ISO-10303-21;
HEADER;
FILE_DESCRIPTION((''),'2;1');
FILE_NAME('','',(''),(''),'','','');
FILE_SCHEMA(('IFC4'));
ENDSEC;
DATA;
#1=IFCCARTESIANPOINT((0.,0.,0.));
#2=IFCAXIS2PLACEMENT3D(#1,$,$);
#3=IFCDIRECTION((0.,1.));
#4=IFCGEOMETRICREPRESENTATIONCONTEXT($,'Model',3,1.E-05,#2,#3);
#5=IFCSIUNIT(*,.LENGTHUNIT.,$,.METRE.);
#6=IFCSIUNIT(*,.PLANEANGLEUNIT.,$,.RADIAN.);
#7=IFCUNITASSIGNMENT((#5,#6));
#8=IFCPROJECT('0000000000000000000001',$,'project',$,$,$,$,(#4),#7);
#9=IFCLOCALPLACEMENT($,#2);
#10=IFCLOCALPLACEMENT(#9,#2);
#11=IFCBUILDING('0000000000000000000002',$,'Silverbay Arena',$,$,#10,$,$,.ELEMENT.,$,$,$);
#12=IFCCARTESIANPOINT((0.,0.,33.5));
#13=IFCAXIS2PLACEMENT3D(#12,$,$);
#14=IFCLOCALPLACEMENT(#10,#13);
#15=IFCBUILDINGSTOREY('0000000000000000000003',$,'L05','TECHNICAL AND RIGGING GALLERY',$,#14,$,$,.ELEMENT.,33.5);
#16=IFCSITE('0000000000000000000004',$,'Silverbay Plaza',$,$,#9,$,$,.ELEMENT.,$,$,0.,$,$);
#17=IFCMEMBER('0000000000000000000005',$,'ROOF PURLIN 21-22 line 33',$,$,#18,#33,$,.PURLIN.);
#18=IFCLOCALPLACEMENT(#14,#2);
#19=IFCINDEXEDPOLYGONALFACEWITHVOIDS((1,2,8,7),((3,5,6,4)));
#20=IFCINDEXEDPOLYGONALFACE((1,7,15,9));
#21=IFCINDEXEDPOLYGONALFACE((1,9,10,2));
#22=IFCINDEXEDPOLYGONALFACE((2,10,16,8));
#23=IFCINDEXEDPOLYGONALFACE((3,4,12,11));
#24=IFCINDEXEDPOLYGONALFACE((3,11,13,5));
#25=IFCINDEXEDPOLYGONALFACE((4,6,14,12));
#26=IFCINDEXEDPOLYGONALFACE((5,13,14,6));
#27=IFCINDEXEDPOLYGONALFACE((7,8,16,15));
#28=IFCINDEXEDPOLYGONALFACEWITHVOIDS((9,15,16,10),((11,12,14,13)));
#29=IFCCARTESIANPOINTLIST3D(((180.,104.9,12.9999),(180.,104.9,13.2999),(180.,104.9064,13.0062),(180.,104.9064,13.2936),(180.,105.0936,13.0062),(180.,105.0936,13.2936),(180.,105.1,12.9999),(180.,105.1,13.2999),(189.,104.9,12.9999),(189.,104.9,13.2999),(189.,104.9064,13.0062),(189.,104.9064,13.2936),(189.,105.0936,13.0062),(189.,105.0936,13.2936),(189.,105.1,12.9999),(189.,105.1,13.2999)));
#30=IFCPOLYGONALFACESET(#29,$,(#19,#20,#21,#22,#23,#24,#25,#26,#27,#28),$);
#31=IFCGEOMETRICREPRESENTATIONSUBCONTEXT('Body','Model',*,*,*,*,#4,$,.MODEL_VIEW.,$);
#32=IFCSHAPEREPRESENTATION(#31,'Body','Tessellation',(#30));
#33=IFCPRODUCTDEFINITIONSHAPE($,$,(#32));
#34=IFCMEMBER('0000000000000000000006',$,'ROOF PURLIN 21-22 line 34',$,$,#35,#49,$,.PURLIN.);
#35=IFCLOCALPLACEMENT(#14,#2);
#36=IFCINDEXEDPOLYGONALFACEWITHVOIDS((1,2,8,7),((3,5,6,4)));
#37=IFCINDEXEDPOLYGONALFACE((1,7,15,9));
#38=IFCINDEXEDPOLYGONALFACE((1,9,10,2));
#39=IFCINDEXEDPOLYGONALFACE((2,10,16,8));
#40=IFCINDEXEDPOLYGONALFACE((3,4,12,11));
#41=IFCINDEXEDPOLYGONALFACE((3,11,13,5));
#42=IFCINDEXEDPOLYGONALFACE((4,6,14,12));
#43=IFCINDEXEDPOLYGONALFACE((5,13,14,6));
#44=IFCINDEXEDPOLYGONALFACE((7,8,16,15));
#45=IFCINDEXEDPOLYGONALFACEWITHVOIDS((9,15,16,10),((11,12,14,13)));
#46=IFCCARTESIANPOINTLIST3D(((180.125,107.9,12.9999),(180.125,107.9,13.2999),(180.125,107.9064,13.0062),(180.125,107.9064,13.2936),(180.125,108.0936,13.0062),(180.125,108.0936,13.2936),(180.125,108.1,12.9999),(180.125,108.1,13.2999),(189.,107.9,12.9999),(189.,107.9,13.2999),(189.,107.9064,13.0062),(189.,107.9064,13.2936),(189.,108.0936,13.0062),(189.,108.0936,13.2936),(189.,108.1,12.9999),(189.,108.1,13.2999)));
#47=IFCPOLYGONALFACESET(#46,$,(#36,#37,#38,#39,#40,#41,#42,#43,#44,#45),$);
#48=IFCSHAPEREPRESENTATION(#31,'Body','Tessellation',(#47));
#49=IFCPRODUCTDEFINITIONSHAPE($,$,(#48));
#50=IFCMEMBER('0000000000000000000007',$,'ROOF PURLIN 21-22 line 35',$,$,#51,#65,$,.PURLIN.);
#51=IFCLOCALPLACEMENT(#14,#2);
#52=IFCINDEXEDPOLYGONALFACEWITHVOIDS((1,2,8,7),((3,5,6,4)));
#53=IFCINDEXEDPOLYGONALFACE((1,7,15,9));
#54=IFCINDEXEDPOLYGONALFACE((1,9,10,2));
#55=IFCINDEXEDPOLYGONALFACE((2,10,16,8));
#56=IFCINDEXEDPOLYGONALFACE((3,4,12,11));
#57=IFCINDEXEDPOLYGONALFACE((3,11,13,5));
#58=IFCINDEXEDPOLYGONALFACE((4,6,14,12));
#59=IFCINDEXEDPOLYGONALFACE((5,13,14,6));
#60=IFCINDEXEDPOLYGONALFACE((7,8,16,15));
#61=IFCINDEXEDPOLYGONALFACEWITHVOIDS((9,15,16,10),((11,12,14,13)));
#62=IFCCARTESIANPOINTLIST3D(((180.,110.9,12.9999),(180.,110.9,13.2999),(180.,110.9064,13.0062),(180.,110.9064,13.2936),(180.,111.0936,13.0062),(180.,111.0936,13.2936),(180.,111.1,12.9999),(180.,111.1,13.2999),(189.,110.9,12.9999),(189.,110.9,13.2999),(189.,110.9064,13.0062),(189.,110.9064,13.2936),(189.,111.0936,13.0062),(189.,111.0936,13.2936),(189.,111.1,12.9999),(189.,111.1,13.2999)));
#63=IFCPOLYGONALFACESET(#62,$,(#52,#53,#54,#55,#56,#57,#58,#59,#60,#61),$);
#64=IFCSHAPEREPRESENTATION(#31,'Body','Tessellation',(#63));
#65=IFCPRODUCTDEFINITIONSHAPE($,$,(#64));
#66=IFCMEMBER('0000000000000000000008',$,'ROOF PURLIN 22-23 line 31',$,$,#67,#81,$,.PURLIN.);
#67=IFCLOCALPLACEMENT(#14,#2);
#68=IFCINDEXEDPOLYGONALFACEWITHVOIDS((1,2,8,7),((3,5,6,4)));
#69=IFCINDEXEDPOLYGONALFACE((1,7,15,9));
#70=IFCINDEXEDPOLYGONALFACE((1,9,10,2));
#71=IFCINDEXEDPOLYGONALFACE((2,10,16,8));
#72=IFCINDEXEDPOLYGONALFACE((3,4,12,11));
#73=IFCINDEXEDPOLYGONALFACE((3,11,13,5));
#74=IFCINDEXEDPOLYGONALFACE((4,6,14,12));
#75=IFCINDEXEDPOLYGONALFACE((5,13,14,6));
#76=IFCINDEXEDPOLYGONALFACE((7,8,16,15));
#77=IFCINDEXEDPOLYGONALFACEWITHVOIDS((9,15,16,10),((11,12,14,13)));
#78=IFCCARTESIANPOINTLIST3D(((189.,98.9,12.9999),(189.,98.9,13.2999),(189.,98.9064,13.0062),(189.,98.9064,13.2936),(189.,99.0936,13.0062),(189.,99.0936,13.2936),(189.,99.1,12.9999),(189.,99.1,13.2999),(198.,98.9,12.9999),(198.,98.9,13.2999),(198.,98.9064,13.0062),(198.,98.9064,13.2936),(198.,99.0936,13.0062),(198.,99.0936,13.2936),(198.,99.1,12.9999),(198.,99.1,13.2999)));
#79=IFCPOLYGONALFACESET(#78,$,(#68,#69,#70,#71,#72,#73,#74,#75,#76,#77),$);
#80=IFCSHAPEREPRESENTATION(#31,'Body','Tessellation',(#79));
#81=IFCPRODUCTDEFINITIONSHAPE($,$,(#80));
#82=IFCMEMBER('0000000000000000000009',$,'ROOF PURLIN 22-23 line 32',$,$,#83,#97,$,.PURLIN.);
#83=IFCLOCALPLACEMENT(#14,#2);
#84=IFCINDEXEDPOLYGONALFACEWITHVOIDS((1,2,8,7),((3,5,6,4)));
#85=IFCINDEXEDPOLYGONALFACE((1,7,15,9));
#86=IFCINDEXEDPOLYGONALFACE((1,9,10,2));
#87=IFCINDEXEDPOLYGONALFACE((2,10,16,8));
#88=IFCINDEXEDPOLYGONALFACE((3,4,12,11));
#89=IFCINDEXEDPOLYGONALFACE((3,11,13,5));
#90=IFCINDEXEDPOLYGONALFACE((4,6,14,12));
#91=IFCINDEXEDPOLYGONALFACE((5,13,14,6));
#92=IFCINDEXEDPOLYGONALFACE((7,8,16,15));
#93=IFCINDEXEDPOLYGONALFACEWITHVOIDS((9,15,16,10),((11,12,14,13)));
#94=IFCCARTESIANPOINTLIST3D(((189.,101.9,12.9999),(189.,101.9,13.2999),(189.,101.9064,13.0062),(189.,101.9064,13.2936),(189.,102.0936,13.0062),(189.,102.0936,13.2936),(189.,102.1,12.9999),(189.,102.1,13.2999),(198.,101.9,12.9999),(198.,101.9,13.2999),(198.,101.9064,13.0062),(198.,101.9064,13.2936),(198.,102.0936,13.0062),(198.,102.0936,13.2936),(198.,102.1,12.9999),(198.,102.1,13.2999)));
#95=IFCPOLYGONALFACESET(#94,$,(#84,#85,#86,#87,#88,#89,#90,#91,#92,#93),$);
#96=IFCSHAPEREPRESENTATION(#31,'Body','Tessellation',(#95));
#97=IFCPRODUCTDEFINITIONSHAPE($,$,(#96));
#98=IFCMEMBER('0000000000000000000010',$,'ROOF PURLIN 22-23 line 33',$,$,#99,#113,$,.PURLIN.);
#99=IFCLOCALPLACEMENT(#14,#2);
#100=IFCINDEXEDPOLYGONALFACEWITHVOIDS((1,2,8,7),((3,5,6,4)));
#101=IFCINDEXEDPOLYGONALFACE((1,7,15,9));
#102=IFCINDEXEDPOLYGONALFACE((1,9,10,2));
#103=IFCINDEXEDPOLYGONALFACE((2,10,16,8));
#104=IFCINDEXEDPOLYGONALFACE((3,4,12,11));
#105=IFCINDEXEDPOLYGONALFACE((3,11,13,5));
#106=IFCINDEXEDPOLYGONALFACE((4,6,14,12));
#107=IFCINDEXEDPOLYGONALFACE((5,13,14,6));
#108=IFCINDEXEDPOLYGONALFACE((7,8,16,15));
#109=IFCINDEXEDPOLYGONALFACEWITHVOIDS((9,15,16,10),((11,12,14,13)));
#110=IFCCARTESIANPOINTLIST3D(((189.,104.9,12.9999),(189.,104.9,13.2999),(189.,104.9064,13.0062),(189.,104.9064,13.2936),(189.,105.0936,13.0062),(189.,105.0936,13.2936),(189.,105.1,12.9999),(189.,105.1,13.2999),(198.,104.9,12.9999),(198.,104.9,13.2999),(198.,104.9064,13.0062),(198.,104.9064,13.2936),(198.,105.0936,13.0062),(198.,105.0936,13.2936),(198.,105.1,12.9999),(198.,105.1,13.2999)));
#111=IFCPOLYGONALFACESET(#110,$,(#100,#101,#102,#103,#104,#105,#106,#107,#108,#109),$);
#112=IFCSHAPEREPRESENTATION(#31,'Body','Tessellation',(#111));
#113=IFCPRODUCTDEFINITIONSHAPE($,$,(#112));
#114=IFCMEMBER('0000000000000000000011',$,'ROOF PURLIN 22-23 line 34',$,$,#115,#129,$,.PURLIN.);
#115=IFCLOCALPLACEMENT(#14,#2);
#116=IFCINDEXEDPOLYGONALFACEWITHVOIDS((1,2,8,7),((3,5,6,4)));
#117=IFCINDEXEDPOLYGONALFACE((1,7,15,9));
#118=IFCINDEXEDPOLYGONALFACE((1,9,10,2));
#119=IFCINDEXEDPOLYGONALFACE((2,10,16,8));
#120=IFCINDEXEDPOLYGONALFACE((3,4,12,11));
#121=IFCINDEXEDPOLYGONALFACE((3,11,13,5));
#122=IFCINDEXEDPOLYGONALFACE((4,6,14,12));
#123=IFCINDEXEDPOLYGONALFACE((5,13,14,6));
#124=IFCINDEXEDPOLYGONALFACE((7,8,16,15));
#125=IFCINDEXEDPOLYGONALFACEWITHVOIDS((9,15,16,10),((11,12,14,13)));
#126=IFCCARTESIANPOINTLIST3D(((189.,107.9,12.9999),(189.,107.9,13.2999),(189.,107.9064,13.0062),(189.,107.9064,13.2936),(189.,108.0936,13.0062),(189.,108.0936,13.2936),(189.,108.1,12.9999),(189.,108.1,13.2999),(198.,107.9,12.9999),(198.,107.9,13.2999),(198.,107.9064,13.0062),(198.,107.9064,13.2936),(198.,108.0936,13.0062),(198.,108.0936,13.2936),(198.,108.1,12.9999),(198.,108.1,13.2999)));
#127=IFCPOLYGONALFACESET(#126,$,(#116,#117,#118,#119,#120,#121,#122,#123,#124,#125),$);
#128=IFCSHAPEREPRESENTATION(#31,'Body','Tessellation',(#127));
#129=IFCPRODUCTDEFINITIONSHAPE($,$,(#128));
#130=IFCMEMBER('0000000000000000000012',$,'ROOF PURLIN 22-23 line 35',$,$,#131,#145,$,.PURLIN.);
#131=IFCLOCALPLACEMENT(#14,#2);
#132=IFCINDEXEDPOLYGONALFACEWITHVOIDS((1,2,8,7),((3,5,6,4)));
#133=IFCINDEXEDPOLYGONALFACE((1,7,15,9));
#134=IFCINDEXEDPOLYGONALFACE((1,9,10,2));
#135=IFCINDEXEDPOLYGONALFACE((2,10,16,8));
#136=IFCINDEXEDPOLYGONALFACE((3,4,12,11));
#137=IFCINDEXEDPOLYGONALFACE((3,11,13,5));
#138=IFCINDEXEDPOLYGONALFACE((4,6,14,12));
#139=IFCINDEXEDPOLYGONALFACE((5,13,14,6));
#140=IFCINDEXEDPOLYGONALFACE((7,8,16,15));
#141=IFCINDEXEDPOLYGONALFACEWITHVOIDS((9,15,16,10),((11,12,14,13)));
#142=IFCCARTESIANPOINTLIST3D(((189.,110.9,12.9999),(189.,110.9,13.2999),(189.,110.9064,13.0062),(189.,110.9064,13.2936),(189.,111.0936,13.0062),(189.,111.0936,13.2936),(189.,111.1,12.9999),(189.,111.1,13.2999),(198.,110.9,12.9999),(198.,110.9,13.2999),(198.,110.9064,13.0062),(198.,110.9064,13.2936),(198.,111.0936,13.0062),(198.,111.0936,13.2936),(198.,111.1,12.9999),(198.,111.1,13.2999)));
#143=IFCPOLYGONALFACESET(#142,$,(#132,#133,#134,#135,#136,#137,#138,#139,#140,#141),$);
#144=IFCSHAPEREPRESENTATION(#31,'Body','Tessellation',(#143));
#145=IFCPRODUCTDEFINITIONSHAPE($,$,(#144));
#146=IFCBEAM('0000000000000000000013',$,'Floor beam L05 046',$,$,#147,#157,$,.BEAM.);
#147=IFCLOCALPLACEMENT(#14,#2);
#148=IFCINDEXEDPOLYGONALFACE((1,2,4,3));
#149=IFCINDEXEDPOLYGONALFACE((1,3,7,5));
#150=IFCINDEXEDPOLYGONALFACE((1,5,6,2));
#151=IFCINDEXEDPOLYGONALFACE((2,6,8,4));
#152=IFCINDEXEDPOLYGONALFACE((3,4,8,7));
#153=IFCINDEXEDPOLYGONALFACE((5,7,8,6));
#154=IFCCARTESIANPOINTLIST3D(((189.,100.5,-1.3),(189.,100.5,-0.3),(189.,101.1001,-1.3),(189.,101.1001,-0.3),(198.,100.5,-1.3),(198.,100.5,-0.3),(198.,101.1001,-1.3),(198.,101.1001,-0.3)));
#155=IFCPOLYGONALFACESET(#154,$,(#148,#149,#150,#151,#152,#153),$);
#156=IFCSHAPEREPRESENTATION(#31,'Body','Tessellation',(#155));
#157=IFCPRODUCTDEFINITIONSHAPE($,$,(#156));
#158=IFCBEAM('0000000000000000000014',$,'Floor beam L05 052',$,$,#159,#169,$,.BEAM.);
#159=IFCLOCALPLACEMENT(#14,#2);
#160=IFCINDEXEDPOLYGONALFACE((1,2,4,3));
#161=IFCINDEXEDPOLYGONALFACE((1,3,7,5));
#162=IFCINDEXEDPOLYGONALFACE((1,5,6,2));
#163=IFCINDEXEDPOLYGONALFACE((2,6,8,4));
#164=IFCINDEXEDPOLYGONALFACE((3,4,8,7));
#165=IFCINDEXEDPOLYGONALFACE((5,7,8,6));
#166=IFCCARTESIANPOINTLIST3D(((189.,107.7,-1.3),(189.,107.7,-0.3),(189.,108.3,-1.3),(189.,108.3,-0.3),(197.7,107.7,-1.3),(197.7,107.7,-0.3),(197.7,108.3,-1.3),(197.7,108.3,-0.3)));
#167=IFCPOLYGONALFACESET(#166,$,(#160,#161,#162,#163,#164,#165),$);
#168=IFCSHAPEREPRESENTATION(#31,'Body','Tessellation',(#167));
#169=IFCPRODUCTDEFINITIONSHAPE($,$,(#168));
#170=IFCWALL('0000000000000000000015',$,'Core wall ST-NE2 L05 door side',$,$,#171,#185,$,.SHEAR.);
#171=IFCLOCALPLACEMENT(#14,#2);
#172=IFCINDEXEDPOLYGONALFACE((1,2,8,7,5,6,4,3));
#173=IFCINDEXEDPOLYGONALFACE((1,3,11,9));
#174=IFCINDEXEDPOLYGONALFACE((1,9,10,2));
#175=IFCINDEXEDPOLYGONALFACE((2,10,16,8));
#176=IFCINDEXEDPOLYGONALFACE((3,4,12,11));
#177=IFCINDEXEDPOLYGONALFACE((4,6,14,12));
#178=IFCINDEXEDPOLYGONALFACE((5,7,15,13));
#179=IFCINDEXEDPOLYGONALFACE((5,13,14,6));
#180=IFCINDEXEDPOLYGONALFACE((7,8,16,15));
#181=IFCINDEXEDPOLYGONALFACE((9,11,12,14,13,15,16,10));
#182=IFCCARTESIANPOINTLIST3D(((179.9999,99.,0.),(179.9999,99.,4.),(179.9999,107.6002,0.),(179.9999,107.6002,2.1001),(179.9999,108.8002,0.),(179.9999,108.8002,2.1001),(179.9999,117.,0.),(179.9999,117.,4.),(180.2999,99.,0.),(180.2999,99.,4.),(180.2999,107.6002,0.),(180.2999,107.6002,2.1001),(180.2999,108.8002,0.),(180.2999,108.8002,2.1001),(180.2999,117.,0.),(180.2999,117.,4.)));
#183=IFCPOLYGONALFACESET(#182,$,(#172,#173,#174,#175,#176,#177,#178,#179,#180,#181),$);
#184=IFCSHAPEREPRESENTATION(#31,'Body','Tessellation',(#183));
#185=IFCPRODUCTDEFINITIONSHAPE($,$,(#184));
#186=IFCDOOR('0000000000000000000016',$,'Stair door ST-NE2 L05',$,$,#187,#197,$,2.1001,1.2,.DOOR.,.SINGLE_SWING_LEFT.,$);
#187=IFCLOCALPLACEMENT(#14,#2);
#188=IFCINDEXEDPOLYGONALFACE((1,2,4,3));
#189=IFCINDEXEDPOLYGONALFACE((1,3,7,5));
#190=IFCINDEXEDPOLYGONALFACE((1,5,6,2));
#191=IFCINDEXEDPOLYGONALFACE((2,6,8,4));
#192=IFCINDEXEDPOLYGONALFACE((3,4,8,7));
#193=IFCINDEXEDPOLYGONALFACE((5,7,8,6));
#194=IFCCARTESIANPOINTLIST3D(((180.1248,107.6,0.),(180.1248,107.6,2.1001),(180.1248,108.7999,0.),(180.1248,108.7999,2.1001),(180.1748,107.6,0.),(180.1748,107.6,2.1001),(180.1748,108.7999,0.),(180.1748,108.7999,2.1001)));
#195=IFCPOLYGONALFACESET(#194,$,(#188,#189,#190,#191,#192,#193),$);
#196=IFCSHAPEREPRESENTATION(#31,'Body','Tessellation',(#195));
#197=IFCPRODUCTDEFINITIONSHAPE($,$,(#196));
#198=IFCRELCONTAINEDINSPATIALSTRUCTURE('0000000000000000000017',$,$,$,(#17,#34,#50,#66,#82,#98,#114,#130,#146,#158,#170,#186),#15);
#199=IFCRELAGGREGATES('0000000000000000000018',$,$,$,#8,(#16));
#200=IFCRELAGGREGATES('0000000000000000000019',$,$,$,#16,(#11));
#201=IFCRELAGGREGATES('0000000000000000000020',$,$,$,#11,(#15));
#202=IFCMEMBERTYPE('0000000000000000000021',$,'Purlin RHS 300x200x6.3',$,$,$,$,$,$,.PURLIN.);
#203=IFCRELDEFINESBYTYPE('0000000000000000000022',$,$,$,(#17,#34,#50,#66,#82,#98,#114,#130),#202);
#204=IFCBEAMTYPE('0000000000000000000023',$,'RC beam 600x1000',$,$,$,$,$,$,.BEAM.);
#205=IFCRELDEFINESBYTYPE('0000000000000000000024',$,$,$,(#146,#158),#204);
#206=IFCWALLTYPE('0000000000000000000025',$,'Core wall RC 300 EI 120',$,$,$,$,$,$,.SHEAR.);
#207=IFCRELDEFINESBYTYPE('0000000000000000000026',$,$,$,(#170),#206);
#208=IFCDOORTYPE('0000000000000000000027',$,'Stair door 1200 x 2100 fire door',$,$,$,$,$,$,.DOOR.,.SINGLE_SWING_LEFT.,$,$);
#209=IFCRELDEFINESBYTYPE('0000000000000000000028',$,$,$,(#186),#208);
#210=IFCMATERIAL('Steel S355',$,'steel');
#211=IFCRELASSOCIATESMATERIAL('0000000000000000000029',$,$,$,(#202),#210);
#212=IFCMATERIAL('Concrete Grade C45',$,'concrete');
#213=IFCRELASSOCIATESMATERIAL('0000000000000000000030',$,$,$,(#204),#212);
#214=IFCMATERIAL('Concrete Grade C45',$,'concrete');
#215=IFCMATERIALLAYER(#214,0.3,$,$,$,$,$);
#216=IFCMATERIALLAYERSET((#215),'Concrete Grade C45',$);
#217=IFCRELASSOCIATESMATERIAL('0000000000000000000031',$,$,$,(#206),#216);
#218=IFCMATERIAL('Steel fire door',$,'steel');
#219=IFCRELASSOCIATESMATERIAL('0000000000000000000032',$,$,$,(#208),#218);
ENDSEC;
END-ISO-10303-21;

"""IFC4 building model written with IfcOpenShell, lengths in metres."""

from ifc_helpers import new_model, si_unit, direction, frame, frame_2d, origin, origin_2d, place, context, subcontext, project, spatial, rectangle, hollow_rectangle, extrude, material, layer, layer_set, material_profile, profile_set, type_object, element, fill, save


model = new_model("IFC4")

# Units and contexts
model_context = context("Model", 3, precision=1e-05, world=origin(), true_north=direction((0.0, 1.0)))
body_context = subcontext(model_context, "Body", "Model", "MODEL_VIEW")
ifc_project = project(units=[si_unit("LENGTHUNIT", "METRE"), si_unit("PLANEANGLEUNIT", "RADIAN")], contexts=[model_context])

# Site, building, storey
site_placement = place(None, origin())
site = spatial("IfcSite", under=ifc_project, at=site_placement, Name="Silverbay Plaza", CompositionType="ELEMENT", RefElevation=0.0)
building_placement = place(site_placement, origin())
building = spatial("IfcBuilding", under=site, at=building_placement, Name="Silverbay Arena", CompositionType="ELEMENT")
storey_placement = place(building_placement, frame((0.0, 0.0, 33.5)))
storey = spatial("IfcBuildingStorey", under=building, at=storey_placement, Name="L05", Description="TECHNICAL AND RIGGING GALLERY", CompositionType="ELEMENT", Elevation=33.5)

# Members
ifc_material_1 = material(Name="Steel S355", Category="steel")
ifc_material_profile_1 = material_profile(ifc_material_1, hollow_rectangle(XDim=0.2, YDim=0.3, WallThickness=0.0063, at=origin_2d()), Name="RHS 300x200x6.3")
ifc_profile_set_1 = profile_set([ifc_material_profile_1], Name="Steel S355")
member_type_1 = type_object("IfcMemberType", Name="Purlin RHS 300x200x6.3", PredefinedType="PURLIN", material=ifc_profile_set_1)
member_1_placement = place(storey_placement, frame((180.0, 105.0, 13.1499), z_axis=(1.0, 0.0, 0.0), x_axis=(0.0, 1.0, 0.0)))
element("IfcMember", 1, at=member_1_placement, inside=storey, type_object=member_type_1, Name="ROOF PURLIN 21-22 line 33", PredefinedType="PURLIN", context=body_context, shape_type="SweptSolid", body=[
    extrude(hollow_rectangle(XDim=0.2, YDim=0.3, WallThickness=0.0063, at=origin_2d()), origin(), (0.0, 0.0, 1.0), 9.0),
])
member_2_placement = place(storey_placement, frame((180.125, 108.0, 13.1499), z_axis=(1.0, 0.0, 0.0), x_axis=(0.0, 1.0, 0.0)))
element("IfcMember", 2, at=member_2_placement, inside=storey, type_object=member_type_1, Name="ROOF PURLIN 21-22 line 34", PredefinedType="PURLIN", context=body_context, shape_type="SweptSolid", body=[
    extrude(hollow_rectangle(XDim=0.2, YDim=0.3, WallThickness=0.0063, at=origin_2d()), origin(), (0.0, 0.0, 1.0), 8.875),
])
for number, where, z_axis, x_axis, name in (
    (3, (180.0, 111.0, 13.1499), (1.0, 0.0, 0.0), (0.0, 1.0, 0.0), "ROOF PURLIN 21-22 line 35"),
    (4, (189.0, 99.0, 13.1499), (1.0, 0.0, 0.0), (0.0, 1.0, 0.0), "ROOF PURLIN 22-23 line 31"),
    (5, (189.0, 102.0, 13.1499), (1.0, 0.0, 0.0), (0.0, 1.0, 0.0), "ROOF PURLIN 22-23 line 32"),
    (6, (189.0, 105.0, 13.1499), (1.0, 0.0, 0.0), (0.0, 1.0, 0.0), "ROOF PURLIN 22-23 line 33"),
    (7, (189.0, 108.0, 13.1499), (1.0, 0.0, 0.0), (0.0, 1.0, 0.0), "ROOF PURLIN 22-23 line 34"),
    (8, (189.0, 111.0, 13.1499), (1.0, 0.0, 0.0), (0.0, 1.0, 0.0), "ROOF PURLIN 22-23 line 35"),
):
    element("IfcMember", number, at=place(storey_placement, frame(where, z_axis=z_axis, x_axis=x_axis)), inside=storey, type_object=member_type_1, Name=name, PredefinedType="PURLIN", context=body_context, shape_type="SweptSolid", body=[
        extrude(hollow_rectangle(XDim=0.2, YDim=0.3, WallThickness=0.0063, at=origin_2d()), origin(), (0.0, 0.0, 1.0), 9.0),
    ])

# Beams
ifc_material_2 = material(Name="Concrete Grade C45", Category="concrete")
ifc_material_profile_2 = material_profile(ifc_material_2, rectangle(XDim=0.6001, YDim=1.0, at=origin_2d()), Name="RC 600x1000")
ifc_profile_set_2 = profile_set([ifc_material_profile_2], Name="Concrete Grade C45")
beam_type = type_object("IfcBeamType", Name="RC beam 600x1000", PredefinedType="BEAM", material=ifc_profile_set_2)
beam_1_placement = place(storey_placement, frame((189.0, 100.8, -0.8), z_axis=(1.0, 0.0, 0.0), x_axis=(0.0, 1.0, 0.0)))
element("IfcBeam", 9, at=beam_1_placement, inside=storey, type_object=beam_type, Name="Floor beam L05 046", PredefinedType="BEAM", context=body_context, shape_type="SweptSolid", body=[
    extrude(rectangle(XDim=0.6001, YDim=1.0, at=origin_2d()), origin(), (0.0, 0.0, 1.0), 9.0),
])
beam_2_placement = place(storey_placement, frame((189.0, 108.0, -0.8), z_axis=(1.0, 0.0, 0.0), x_axis=(0.0, 1.0, 0.0)))
element("IfcBeam", 10, at=beam_2_placement, inside=storey, type_object=beam_type, Name="Floor beam L05 052", PredefinedType="BEAM", context=body_context, shape_type="SweptSolid", body=[
    extrude(rectangle(XDim=0.6001, YDim=1.0, at=origin_2d()), origin(), (0.0, 0.0, 1.0), 8.7),
])

# Wall, opening, door
ifc_material_3 = material(Name="Concrete Grade C45", Category="concrete")
ifc_layer_1 = layer(ifc_material_3, 0.3)
ifc_layer_set_1 = layer_set([ifc_layer_1], Name="Concrete Grade C45")
wall_type = type_object("IfcWallType", Name="Core wall RC 300 EI 120", PredefinedType="SHEAR", material=ifc_layer_set_1)
wall_1_placement = place(storey_placement, frame((180.1499, 99.0, 0.0), z_axis=(0.0, 0.0, 1.0), x_axis=(0.0, 1.0, 0.0)))
wall_1 = element("IfcWall", 11, at=wall_1_placement, inside=storey, type_object=wall_type, Name="Core wall ST-NE2 L05 door side", PredefinedType="SHEAR", context=body_context, shape_type="SweptSolid", body=[
    extrude(rectangle(XDim=18.0, YDim=0.3, at=frame_2d((9.0, 0.0))), origin(), (0.0, 0.0, 1.0), 4.0),
])
opening_placement = place(wall_1_placement, frame((8.6001, 0.0, 0.0)))
opening = element("IfcOpeningElement", 12, at=opening_placement, cuts=wall_1, PredefinedType="OPENING", context=body_context, shape_type="SweptSolid", body=[
    extrude(rectangle(XDim=1.2, YDim=2.1001, at=frame_2d((0.6001, 1.05))), frame((0.0, 0.1602, 0.0), z_axis=(0.0, -1.0, 0.0), x_axis=(1.0, 0.0, 0.0)), (0.0, 0.0, 1.0), 0.3201),
])
ifc_material_4 = material(Name="Steel fire door", Category="steel")
door_type = type_object("IfcDoorType", Name="Stair door 1200 x 2100 fire door", OperationType="SINGLE_SWING_LEFT", PredefinedType="DOOR", material=ifc_material_4)
door_placement = place(opening_placement, frame((1.2, 0.0, 0.0), z_axis=(0.0, 0.0, 1.0), x_axis=(-1.0, 0.0, 0.0)))
door = element("IfcDoor", 13, at=door_placement, inside=storey, type_object=door_type, Name="Stair door ST-NE2 L05", OperationType="SINGLE_SWING_LEFT", OverallHeight=2.1001, OverallWidth=1.2, PredefinedType="DOOR", context=body_context, shape_type="SweptSolid", body=[
    extrude(rectangle(XDim=1.2, YDim=2.1001, at=frame_2d((0.6001, 1.05))), frame((0.0, 0.0249, 0.0), z_axis=(0.0, -1.0, 0.0), x_axis=(1.0, 0.0, 0.0)), (0.0, 0.0, 1.0), 0.05),
])
fill(opening, door)

save(model, "model.ifc")
